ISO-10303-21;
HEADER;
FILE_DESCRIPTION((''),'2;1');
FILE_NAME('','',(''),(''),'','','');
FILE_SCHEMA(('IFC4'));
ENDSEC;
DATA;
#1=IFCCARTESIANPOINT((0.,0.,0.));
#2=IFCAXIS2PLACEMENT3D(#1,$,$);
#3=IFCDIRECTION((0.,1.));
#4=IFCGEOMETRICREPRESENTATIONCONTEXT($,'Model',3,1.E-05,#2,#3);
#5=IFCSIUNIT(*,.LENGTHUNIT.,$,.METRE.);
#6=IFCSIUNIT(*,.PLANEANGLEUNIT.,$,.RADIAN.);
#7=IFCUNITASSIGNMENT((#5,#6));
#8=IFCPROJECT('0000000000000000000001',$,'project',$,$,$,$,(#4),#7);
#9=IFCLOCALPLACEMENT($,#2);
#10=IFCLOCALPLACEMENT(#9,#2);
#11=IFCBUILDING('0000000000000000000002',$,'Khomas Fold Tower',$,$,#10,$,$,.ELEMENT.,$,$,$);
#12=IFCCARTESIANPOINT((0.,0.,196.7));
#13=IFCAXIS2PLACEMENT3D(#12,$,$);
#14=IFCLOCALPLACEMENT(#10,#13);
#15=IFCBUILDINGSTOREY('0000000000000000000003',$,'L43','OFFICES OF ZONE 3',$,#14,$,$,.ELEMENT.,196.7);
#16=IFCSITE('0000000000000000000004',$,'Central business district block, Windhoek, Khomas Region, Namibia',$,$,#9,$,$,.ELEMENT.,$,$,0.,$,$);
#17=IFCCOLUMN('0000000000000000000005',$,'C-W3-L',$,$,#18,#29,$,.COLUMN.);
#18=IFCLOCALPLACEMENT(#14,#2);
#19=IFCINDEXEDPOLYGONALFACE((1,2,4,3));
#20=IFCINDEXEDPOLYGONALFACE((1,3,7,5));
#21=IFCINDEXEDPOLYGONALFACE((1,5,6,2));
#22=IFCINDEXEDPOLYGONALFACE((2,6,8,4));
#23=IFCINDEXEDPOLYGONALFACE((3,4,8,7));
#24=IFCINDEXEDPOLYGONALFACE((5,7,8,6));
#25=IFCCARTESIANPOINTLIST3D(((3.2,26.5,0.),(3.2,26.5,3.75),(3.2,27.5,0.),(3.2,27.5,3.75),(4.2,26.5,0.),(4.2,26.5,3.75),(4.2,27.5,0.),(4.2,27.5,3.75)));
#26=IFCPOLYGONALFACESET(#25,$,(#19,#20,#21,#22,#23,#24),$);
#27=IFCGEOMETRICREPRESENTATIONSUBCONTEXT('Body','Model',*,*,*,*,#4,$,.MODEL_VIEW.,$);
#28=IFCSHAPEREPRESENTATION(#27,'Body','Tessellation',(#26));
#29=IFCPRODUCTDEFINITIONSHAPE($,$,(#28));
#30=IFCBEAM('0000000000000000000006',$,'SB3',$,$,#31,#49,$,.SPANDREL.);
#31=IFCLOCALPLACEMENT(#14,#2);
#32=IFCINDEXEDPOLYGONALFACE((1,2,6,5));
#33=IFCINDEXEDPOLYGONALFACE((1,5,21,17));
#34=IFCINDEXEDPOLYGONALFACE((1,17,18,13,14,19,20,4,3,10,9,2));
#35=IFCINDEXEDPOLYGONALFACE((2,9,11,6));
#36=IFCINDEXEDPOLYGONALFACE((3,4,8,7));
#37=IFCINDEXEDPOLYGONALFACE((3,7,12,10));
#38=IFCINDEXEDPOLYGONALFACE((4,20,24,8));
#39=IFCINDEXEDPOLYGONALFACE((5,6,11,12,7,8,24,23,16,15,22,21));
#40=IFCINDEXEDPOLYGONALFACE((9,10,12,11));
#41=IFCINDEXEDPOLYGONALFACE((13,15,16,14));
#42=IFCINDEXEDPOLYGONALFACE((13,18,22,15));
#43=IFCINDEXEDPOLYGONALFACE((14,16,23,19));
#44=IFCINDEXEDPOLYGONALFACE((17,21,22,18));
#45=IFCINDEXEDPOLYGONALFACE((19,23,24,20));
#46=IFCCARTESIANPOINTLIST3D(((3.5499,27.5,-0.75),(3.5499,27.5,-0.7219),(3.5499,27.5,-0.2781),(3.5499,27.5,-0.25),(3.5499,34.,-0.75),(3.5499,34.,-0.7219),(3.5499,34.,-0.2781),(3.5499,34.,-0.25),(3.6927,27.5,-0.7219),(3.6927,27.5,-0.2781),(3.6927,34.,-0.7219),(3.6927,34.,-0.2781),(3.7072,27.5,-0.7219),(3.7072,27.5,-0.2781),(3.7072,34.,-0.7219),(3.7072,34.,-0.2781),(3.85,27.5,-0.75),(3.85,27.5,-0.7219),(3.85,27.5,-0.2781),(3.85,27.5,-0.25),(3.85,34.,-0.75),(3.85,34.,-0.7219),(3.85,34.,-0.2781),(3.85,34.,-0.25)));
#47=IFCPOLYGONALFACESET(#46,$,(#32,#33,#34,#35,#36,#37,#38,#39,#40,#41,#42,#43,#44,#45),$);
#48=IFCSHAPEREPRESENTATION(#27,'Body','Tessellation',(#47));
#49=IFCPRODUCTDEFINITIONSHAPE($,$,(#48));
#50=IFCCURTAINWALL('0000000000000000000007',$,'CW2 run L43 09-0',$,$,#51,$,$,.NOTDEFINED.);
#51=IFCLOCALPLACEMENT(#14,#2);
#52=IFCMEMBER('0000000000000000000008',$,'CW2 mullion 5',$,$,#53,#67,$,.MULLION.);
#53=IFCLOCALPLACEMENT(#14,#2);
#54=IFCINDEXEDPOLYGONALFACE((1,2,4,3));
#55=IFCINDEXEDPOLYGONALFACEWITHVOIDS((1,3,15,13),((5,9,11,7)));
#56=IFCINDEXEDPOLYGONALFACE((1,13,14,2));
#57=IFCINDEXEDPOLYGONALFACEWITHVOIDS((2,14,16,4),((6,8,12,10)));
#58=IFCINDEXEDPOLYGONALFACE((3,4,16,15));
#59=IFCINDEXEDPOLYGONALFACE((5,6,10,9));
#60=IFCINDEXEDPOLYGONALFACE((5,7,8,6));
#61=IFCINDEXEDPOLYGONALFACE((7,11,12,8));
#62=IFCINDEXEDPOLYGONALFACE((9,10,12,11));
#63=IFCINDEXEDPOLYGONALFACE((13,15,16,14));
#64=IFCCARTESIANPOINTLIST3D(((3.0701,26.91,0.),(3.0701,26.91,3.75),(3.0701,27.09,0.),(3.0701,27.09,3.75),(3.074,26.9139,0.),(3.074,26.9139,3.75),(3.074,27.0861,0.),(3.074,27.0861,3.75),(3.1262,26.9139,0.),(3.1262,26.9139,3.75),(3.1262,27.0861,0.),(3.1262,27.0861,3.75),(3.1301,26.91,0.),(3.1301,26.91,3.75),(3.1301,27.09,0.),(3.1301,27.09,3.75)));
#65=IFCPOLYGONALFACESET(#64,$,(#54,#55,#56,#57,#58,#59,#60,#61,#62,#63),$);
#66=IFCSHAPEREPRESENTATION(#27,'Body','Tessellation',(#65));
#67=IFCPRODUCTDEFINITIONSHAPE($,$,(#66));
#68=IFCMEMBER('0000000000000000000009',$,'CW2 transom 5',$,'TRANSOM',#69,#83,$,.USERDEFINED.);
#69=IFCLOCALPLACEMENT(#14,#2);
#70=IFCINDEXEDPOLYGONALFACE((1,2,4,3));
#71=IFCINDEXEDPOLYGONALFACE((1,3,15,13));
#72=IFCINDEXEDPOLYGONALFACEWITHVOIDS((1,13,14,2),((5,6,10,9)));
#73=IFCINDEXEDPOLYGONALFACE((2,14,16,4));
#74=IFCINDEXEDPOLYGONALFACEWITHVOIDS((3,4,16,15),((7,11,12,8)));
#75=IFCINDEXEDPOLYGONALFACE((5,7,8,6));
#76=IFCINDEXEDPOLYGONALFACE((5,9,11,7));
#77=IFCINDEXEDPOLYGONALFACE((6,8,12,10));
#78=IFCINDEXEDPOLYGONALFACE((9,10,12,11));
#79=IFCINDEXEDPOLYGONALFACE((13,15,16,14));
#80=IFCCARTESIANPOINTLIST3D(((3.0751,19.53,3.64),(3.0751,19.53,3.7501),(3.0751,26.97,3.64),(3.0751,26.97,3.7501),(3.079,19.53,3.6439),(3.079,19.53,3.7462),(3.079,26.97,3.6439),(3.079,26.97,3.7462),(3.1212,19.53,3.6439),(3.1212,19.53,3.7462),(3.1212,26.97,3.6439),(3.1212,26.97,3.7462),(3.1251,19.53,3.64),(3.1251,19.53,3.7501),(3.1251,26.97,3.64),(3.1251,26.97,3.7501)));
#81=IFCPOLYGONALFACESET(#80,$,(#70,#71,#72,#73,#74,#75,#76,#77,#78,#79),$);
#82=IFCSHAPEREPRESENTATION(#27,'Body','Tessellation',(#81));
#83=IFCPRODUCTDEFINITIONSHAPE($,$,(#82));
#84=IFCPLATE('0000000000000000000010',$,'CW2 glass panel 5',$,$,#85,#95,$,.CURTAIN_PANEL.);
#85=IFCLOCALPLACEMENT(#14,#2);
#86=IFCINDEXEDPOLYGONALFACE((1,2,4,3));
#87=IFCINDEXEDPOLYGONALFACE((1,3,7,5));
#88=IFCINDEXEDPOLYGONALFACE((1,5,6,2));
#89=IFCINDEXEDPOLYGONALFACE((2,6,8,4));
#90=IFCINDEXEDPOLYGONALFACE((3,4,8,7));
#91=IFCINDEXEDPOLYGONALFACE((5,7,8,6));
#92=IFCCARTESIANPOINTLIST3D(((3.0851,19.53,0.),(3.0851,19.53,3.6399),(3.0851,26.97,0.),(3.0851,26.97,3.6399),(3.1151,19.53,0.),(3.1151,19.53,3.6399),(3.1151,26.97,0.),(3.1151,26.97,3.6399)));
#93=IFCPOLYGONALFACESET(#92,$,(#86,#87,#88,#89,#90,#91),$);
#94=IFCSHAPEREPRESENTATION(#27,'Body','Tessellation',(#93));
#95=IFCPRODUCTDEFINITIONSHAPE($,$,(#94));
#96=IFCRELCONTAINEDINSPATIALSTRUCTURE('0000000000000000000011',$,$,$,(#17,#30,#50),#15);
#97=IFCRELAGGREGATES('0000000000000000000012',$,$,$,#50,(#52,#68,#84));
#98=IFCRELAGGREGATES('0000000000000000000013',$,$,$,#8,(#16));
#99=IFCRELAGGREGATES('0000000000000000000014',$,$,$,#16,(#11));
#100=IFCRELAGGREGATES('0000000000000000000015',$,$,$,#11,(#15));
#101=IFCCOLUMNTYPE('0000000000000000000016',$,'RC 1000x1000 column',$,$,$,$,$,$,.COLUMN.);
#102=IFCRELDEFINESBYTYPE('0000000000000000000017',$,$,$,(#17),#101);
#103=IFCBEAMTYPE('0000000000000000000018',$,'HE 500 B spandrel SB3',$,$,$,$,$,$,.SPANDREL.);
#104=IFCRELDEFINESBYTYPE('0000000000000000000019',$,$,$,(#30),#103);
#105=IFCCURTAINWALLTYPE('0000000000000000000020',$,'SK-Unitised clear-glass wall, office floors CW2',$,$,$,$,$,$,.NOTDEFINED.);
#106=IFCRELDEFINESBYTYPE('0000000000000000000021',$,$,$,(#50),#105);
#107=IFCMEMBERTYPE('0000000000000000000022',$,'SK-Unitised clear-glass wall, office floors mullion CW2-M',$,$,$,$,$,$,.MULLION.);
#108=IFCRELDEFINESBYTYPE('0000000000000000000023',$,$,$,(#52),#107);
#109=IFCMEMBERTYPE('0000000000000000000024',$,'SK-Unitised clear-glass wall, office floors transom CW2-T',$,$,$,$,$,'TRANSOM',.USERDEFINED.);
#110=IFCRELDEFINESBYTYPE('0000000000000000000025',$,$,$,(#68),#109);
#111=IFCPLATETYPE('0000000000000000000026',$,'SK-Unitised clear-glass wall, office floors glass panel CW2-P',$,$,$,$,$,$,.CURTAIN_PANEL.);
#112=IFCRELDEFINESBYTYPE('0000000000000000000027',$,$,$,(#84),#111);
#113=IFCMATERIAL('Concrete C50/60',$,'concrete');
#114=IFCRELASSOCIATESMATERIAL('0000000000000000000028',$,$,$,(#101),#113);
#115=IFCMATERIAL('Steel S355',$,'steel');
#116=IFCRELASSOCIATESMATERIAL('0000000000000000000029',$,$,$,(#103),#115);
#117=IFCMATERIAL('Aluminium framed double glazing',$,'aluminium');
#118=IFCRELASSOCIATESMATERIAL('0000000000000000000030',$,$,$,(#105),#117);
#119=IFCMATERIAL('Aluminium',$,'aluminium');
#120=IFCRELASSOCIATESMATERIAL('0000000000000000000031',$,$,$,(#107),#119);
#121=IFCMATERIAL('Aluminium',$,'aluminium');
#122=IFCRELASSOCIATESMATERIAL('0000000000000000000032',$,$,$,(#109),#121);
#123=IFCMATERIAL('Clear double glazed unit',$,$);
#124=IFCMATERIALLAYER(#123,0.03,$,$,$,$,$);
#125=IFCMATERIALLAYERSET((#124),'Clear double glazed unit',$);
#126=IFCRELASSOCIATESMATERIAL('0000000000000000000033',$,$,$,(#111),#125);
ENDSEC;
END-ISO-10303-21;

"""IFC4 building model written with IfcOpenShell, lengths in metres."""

from ifc_helpers import new_model, si_unit, direction, frame, origin, origin_2d, place, context, subcontext, project, spatial, rectangle, hollow_rectangle, i_section, extrude, source, transform, mapped, material, layer, layer_set, material_profile, profile_set, type_object, element, aggregate, save


model = new_model("IFC4")

# Units and contexts
model_context = context("Model", 3, precision=1e-05, world=origin(), true_north=direction((0.0, 1.0)))
body_context = subcontext(model_context, "Body", "Model", "MODEL_VIEW")
ifc_project = project(units=[si_unit("LENGTHUNIT", "METRE"), si_unit("PLANEANGLEUNIT", "RADIAN")], contexts=[model_context])

# Site, building, storey
site_placement = place(None, origin())
site = spatial("IfcSite", under=ifc_project, at=site_placement, Name="Central business district block, Windhoek, Khomas Region, Namibia", CompositionType="ELEMENT", RefElevation=0.0)
building_placement = place(site_placement, origin())
building = spatial("IfcBuilding", under=site, at=building_placement, Name="Khomas Fold Tower", CompositionType="ELEMENT")
storey_placement = place(building_placement, frame((0.0, 0.0, 196.7)))
storey = spatial("IfcBuildingStorey", under=building, at=storey_placement, Name="L43", Description="OFFICES OF ZONE 3", CompositionType="ELEMENT", Elevation=196.7)

# Column
ifc_material_1 = material(Name="Concrete C50/60", Category="concrete")
ifc_material_profile_1 = material_profile(ifc_material_1, rectangle(XDim=1.0, YDim=1.0, at=origin_2d()), Name="RC 1000x1000")
ifc_profile_set_1 = profile_set([ifc_material_profile_1], Name="Concrete C50/60")
column_type = type_object("IfcColumnType", Name="RC 1000x1000 column", PredefinedType="COLUMN", material=ifc_profile_set_1)
shared_shape_1 = source(origin(), body_context, "Body", "SweptSolid", [
    extrude(rectangle(XDim=1.0, YDim=1.0, at=origin_2d()), origin(), (0.0, 0.0, 1.0), 3.75),
])
column_placement = place(storey_placement, frame((3.7, 27.0, 0.0), z_axis=(0.0, 0.0, 1.0), x_axis=(1.0, 0.0, 0.0)))
element("IfcColumn", 1, at=column_placement, inside=storey, type_object=column_type, Name="C-W3-L", PredefinedType="COLUMN", context=body_context, shape_type="MappedRepresentation", body=[
    mapped(shared_shape_1, transform((0.0, 0.0, 0.0))),
])

# Beam
ifc_material_2 = material(Name="Steel S355", Category="steel")
ifc_material_profile_2 = material_profile(ifc_material_2, i_section(OverallWidth=0.3, OverallDepth=0.5, WebThickness=0.0144, FlangeThickness=0.0281, at=origin_2d()), Name="HE 500 B")
ifc_profile_set_2 = profile_set([ifc_material_profile_2], Name="Steel S355")
beam_type = type_object("IfcBeamType", Name="HE 500 B spandrel SB3", PredefinedType="SPANDREL", material=ifc_profile_set_2)
shared_shape_2 = source(origin(), body_context, "Body", "SweptSolid", [
    extrude(i_section(OverallWidth=0.3, OverallDepth=0.5, WebThickness=0.0144, FlangeThickness=0.0281, at=origin_2d()), origin(), (0.0, 0.0, 1.0), 6.5),
])
beam_placement = place(storey_placement, frame((3.7, 27.5, -0.5), z_axis=(0.0, 1.0, 0.0), x_axis=(-1.0, 0.0, 0.0)))
element("IfcBeam", 2, at=beam_placement, inside=storey, type_object=beam_type, Name="SB3", PredefinedType="SPANDREL", context=body_context, shape_type="MappedRepresentation", body=[
    mapped(shared_shape_2, transform((0.0, 0.0, 0.0))),
])

# Curtain wall, members, plate
ifc_material_3 = material(Name="Aluminium framed double glazing", Category="aluminium")
curtain_wall_type = type_object("IfcCurtainWallType", Name="SK-Unitised clear-glass wall, office floors CW2", PredefinedType="NOTDEFINED", material=ifc_material_3)
curtain_wall_placement = place(storey_placement, origin())
curtain_wall = element("IfcCurtainWall", 3, at=curtain_wall_placement, inside=storey, type_object=curtain_wall_type, Name="CW2 run L43 09-0", PredefinedType="NOTDEFINED")
ifc_material_4 = material(Name="Aluminium", Category="aluminium")
ifc_material_profile_3 = material_profile(ifc_material_4, hollow_rectangle(XDim=0.0601, YDim=0.1799, WallThickness=0.0039, at=origin_2d()), Name="SK-Unitised clear-glass wall, office floors mullion CW2-M")
ifc_profile_set_3 = profile_set([ifc_material_profile_3], Name="Aluminium")
member_type_1 = type_object("IfcMemberType", Name="SK-Unitised clear-glass wall, office floors mullion CW2-M", PredefinedType="MULLION", material=ifc_profile_set_3)
shared_shape_3 = source(origin(), body_context, "Body", "SweptSolid", [
    extrude(hollow_rectangle(XDim=0.0601, YDim=0.1799, WallThickness=0.0039, at=origin_2d()), origin(), (0.0, 0.0, 1.0), 3.75),
])
member_1_placement = place(storey_placement, frame((3.1001, 27.0, 0.0), z_axis=(0.0, 0.0, 1.0), x_axis=(1.0, 0.0, 0.0)))
member_1 = element("IfcMember", 4, at=member_1_placement, type_object=member_type_1, Name="CW2 mullion 5", PredefinedType="MULLION", context=body_context, shape_type="MappedRepresentation", body=[
    mapped(shared_shape_3, transform((0.0, 0.0, 0.0))),
])
ifc_material_5 = material(Name="Aluminium", Category="aluminium")
ifc_material_profile_4 = material_profile(ifc_material_5, hollow_rectangle(XDim=0.05, YDim=0.1101, WallThickness=0.0039, at=origin_2d()), Name="SK-Unitised clear-glass wall, office floors transom CW2-T")
ifc_profile_set_4 = profile_set([ifc_material_profile_4], Name="Aluminium")
member_type_2 = type_object("IfcMemberType", Name="SK-Unitised clear-glass wall, office floors transom CW2-T", ElementType="TRANSOM", PredefinedType="USERDEFINED", material=ifc_profile_set_4)
shared_shape_4 = source(origin(), body_context, "Body", "SweptSolid", [
    extrude(hollow_rectangle(XDim=0.05, YDim=0.1101, WallThickness=0.0039, at=origin_2d()), origin(), (0.0, 0.0, 1.0), 7.4399),
])
member_2_placement = place(storey_placement, frame((3.1001, 26.97, 3.6951), z_axis=(0.0, -1.0, 0.0), x_axis=(1.0, 0.0, 0.0)))
member_2 = element("IfcMember", 5, at=member_2_placement, type_object=member_type_2, Name="CW2 transom 5", ObjectType="TRANSOM", PredefinedType="USERDEFINED", context=body_context, shape_type="MappedRepresentation", body=[
    mapped(shared_shape_4, transform((0.0, 0.0, 0.0))),
])
ifc_material_6 = material(Name="Clear double glazed unit")
ifc_layer_1 = layer(ifc_material_6, 0.03)
ifc_layer_set_1 = layer_set([ifc_layer_1], Name="Clear double glazed unit")
plate_type = type_object("IfcPlateType", Name="SK-Unitised clear-glass wall, office floors glass panel CW2-P", PredefinedType="CURTAIN_PANEL", material=ifc_layer_set_1)
shared_shape_5 = source(origin(), body_context, "Body", "SweptSolid", [
    extrude(rectangle(XDim=7.4399, YDim=0.03, at=origin_2d()), origin(), (0.0, 0.0, 1.0), 3.6399),
])
plate_placement = place(storey_placement, frame((3.1001, 23.25, 0.0), z_axis=(0.0, 0.0, 1.0), x_axis=(0.0, -1.0, 0.0)))
plate = element("IfcPlate", 6, at=plate_placement, type_object=plate_type, Name="CW2 glass panel 5", PredefinedType="CURTAIN_PANEL", context=body_context, shape_type="MappedRepresentation", body=[
    mapped(shared_shape_5, transform((0.0, 0.0, 0.0))),
])
aggregate(curtain_wall, [member_1, member_2, plate])

save(model, "model.ifc")
